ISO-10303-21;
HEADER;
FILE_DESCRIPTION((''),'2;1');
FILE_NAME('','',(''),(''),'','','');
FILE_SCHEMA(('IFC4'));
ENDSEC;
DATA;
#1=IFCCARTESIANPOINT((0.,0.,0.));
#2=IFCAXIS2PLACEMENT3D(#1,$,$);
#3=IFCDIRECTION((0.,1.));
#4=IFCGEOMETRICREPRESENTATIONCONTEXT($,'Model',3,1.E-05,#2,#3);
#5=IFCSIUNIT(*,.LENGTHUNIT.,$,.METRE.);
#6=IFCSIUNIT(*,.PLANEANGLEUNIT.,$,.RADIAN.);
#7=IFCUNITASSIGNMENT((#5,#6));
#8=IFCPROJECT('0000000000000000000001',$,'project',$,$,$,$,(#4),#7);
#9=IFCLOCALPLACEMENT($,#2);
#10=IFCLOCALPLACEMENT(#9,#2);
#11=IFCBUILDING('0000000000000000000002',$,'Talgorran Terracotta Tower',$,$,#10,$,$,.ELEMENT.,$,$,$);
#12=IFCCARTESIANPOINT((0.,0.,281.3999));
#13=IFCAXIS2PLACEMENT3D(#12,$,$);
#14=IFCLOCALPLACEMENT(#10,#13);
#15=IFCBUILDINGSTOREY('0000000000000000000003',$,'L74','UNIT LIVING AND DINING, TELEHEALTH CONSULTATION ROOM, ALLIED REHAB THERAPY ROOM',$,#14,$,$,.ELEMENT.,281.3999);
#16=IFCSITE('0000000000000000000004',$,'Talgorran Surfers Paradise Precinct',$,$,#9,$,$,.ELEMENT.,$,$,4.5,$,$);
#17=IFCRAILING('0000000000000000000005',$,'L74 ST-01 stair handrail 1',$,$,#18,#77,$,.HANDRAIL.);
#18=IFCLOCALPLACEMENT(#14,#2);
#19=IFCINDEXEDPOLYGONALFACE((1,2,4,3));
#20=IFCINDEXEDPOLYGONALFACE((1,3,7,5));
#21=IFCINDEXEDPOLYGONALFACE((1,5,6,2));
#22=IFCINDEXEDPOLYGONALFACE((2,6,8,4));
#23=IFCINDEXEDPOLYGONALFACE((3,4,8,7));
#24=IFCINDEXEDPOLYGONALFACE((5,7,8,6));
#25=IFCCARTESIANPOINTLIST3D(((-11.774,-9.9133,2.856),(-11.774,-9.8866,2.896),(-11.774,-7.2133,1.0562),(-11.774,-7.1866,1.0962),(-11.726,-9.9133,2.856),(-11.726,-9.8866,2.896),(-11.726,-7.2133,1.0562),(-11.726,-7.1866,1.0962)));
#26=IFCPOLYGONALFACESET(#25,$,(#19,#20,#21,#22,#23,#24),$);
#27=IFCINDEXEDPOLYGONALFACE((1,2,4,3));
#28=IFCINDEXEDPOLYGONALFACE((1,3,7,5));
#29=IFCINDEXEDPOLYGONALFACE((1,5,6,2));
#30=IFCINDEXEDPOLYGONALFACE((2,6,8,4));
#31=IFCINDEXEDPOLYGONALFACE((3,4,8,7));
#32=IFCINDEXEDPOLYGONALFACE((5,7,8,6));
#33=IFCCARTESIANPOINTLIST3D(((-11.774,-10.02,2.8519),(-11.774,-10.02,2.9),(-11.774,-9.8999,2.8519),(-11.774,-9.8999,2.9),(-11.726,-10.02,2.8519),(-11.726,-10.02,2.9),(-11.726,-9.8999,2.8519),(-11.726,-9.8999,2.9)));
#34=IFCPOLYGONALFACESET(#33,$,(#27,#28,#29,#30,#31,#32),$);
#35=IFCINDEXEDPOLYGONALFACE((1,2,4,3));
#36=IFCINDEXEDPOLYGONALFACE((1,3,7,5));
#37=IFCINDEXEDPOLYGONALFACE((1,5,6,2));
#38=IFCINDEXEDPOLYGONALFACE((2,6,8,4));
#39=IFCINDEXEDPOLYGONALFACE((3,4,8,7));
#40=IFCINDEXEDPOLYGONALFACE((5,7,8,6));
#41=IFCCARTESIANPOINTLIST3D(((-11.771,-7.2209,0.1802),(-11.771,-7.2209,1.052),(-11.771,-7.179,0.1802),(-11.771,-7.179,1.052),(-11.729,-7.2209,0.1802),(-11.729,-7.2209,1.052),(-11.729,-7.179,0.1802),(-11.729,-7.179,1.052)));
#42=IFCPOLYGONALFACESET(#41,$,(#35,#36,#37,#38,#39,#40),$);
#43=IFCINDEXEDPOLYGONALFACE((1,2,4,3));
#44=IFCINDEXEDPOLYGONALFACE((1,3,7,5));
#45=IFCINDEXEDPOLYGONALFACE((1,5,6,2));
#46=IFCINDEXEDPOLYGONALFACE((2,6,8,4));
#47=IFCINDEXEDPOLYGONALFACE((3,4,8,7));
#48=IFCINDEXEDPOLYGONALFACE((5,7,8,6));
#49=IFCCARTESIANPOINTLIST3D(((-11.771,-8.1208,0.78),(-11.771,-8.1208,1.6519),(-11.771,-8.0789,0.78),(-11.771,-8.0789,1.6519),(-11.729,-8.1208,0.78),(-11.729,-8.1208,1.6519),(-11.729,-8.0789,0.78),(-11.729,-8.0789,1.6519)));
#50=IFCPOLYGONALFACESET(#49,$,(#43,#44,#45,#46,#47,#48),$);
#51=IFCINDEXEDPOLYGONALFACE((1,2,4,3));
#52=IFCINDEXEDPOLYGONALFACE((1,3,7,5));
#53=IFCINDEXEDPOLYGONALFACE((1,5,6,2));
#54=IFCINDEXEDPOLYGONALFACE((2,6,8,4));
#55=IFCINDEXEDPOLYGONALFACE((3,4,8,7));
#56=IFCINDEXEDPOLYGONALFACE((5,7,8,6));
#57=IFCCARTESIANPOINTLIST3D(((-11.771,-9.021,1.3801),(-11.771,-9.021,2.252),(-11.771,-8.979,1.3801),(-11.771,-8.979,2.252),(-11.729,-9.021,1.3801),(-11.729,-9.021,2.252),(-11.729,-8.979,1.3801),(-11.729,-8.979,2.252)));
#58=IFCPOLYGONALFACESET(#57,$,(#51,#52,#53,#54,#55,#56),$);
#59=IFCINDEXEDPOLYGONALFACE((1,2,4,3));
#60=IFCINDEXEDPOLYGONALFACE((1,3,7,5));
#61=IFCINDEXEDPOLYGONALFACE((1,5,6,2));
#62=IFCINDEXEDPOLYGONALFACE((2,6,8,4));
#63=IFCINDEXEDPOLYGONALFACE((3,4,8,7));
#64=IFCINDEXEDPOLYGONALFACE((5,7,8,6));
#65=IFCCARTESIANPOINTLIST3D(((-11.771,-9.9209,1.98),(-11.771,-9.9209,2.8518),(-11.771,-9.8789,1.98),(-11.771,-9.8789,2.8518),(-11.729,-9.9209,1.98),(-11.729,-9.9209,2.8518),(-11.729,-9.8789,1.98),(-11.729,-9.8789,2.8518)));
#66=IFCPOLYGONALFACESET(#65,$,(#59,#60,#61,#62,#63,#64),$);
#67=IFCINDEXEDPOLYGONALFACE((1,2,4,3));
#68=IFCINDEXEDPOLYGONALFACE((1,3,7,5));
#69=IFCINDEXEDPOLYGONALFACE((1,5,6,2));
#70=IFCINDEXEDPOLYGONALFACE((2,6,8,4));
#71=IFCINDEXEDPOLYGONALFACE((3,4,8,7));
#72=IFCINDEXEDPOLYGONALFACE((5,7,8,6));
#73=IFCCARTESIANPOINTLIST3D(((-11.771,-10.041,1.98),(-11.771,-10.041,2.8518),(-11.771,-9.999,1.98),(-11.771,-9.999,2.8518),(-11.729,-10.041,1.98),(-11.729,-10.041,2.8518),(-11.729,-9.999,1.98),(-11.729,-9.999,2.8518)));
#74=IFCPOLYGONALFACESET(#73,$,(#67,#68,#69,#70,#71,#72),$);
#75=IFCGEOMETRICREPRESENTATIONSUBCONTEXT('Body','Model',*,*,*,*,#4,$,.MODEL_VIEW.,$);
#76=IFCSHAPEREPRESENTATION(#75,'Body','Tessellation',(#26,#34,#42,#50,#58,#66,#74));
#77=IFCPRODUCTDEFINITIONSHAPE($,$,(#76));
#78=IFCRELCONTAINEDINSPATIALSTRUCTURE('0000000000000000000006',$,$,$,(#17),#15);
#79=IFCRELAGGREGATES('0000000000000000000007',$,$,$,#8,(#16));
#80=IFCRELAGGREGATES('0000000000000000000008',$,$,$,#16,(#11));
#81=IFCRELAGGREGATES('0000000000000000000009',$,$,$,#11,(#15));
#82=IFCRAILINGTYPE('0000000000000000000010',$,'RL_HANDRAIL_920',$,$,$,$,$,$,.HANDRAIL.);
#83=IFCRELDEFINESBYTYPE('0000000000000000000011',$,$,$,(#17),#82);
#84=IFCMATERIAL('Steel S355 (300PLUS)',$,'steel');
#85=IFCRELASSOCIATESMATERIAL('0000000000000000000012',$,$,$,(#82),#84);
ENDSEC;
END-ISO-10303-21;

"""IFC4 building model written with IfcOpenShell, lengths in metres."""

from ifc_helpers import new_model, si_unit, direction, frame, origin, origin_2d, place, context, subcontext, project, spatial, rectangle, extrude, material, type_object, element, save


model = new_model("IFC4")

# Units and contexts
model_context = context("Model", 3, precision=1e-05, world=origin(), true_north=direction((0.0, 1.0)))
body_context = subcontext(model_context, "Body", "Model", "MODEL_VIEW")
ifc_project = project(units=[si_unit("LENGTHUNIT", "METRE"), si_unit("PLANEANGLEUNIT", "RADIAN")], contexts=[model_context])

# Site, building, storey
site_placement = place(None, origin())
site = spatial("IfcSite", under=ifc_project, at=site_placement, Name="Talgorran Surfers Paradise Precinct", CompositionType="ELEMENT", RefElevation=4.5)
building_placement = place(site_placement, origin())
building = spatial("IfcBuilding", under=site, at=building_placement, Name="Talgorran Terracotta Tower", CompositionType="ELEMENT")
storey_placement = place(building_placement, frame((0.0, 0.0, 281.3999)))
storey = spatial("IfcBuildingStorey", under=building, at=storey_placement, Name="L74", Description="UNIT LIVING AND DINING, TELEHEALTH CONSULTATION ROOM, ALLIED REHAB THERAPY ROOM", CompositionType="ELEMENT", Elevation=281.3999)

# Shared definitions
ifc_material_1 = material(Name="Steel S355 (300PLUS)", Category="steel")

# Railing
railing_type = type_object("IfcRailingType", Name="RL_HANDRAIL_920", PredefinedType="HANDRAIL", material=ifc_material_1)
railing_placement = place(storey_placement, frame((-11.75, -7.2, 0.1802)))
element("IfcRailing", 1, at=railing_placement, inside=storey, type_object=railing_type, Name="L74 ST-01 stair handrail 1", PredefinedType="HANDRAIL", context=body_context, shape_type="SweptSolid", body=[
    extrude(rectangle(XDim=0.0481, YDim=0.0481, at=origin_2d()), frame((0.0, 0.0, 0.896), z_axis=(0.0, -0.832073, 0.554665), x_axis=(1.0, 0.0, 0.0)), (0.0, 0.0, 1.0), 3.2449),
    extrude(rectangle(XDim=0.0481, YDim=0.0481, at=origin_2d()), frame((0.0, -2.7, 2.6958), z_axis=(0.0, -1.0, 0.0), x_axis=(1.0, 0.0, 0.0)), (0.0, 0.0, 1.0), 0.1201),
    extrude(rectangle(XDim=0.042, YDim=0.042, at=origin_2d()), origin(), (0.0, 0.0, 1.0), 0.8718),
    extrude(rectangle(XDim=0.042, YDim=0.042, at=origin_2d()), frame((0.0, -0.8999, 0.5999)), (0.0, 0.0, 1.0), 0.8718),
    extrude(rectangle(XDim=0.042, YDim=0.042, at=origin_2d()), frame((0.0, -1.8, 1.2)), (0.0, 0.0, 1.0), 0.8718),
    extrude(rectangle(XDim=0.042, YDim=0.042, at=origin_2d()), frame((0.0, -2.7, 1.7998)), (0.0, 0.0, 1.0), 0.8718),
    extrude(rectangle(XDim=0.042, YDim=0.042, at=origin_2d()), frame((0.0, -2.8201, 1.7998)), (0.0, 0.0, 1.0), 0.8718),
])

save(model, "model.ifc")
